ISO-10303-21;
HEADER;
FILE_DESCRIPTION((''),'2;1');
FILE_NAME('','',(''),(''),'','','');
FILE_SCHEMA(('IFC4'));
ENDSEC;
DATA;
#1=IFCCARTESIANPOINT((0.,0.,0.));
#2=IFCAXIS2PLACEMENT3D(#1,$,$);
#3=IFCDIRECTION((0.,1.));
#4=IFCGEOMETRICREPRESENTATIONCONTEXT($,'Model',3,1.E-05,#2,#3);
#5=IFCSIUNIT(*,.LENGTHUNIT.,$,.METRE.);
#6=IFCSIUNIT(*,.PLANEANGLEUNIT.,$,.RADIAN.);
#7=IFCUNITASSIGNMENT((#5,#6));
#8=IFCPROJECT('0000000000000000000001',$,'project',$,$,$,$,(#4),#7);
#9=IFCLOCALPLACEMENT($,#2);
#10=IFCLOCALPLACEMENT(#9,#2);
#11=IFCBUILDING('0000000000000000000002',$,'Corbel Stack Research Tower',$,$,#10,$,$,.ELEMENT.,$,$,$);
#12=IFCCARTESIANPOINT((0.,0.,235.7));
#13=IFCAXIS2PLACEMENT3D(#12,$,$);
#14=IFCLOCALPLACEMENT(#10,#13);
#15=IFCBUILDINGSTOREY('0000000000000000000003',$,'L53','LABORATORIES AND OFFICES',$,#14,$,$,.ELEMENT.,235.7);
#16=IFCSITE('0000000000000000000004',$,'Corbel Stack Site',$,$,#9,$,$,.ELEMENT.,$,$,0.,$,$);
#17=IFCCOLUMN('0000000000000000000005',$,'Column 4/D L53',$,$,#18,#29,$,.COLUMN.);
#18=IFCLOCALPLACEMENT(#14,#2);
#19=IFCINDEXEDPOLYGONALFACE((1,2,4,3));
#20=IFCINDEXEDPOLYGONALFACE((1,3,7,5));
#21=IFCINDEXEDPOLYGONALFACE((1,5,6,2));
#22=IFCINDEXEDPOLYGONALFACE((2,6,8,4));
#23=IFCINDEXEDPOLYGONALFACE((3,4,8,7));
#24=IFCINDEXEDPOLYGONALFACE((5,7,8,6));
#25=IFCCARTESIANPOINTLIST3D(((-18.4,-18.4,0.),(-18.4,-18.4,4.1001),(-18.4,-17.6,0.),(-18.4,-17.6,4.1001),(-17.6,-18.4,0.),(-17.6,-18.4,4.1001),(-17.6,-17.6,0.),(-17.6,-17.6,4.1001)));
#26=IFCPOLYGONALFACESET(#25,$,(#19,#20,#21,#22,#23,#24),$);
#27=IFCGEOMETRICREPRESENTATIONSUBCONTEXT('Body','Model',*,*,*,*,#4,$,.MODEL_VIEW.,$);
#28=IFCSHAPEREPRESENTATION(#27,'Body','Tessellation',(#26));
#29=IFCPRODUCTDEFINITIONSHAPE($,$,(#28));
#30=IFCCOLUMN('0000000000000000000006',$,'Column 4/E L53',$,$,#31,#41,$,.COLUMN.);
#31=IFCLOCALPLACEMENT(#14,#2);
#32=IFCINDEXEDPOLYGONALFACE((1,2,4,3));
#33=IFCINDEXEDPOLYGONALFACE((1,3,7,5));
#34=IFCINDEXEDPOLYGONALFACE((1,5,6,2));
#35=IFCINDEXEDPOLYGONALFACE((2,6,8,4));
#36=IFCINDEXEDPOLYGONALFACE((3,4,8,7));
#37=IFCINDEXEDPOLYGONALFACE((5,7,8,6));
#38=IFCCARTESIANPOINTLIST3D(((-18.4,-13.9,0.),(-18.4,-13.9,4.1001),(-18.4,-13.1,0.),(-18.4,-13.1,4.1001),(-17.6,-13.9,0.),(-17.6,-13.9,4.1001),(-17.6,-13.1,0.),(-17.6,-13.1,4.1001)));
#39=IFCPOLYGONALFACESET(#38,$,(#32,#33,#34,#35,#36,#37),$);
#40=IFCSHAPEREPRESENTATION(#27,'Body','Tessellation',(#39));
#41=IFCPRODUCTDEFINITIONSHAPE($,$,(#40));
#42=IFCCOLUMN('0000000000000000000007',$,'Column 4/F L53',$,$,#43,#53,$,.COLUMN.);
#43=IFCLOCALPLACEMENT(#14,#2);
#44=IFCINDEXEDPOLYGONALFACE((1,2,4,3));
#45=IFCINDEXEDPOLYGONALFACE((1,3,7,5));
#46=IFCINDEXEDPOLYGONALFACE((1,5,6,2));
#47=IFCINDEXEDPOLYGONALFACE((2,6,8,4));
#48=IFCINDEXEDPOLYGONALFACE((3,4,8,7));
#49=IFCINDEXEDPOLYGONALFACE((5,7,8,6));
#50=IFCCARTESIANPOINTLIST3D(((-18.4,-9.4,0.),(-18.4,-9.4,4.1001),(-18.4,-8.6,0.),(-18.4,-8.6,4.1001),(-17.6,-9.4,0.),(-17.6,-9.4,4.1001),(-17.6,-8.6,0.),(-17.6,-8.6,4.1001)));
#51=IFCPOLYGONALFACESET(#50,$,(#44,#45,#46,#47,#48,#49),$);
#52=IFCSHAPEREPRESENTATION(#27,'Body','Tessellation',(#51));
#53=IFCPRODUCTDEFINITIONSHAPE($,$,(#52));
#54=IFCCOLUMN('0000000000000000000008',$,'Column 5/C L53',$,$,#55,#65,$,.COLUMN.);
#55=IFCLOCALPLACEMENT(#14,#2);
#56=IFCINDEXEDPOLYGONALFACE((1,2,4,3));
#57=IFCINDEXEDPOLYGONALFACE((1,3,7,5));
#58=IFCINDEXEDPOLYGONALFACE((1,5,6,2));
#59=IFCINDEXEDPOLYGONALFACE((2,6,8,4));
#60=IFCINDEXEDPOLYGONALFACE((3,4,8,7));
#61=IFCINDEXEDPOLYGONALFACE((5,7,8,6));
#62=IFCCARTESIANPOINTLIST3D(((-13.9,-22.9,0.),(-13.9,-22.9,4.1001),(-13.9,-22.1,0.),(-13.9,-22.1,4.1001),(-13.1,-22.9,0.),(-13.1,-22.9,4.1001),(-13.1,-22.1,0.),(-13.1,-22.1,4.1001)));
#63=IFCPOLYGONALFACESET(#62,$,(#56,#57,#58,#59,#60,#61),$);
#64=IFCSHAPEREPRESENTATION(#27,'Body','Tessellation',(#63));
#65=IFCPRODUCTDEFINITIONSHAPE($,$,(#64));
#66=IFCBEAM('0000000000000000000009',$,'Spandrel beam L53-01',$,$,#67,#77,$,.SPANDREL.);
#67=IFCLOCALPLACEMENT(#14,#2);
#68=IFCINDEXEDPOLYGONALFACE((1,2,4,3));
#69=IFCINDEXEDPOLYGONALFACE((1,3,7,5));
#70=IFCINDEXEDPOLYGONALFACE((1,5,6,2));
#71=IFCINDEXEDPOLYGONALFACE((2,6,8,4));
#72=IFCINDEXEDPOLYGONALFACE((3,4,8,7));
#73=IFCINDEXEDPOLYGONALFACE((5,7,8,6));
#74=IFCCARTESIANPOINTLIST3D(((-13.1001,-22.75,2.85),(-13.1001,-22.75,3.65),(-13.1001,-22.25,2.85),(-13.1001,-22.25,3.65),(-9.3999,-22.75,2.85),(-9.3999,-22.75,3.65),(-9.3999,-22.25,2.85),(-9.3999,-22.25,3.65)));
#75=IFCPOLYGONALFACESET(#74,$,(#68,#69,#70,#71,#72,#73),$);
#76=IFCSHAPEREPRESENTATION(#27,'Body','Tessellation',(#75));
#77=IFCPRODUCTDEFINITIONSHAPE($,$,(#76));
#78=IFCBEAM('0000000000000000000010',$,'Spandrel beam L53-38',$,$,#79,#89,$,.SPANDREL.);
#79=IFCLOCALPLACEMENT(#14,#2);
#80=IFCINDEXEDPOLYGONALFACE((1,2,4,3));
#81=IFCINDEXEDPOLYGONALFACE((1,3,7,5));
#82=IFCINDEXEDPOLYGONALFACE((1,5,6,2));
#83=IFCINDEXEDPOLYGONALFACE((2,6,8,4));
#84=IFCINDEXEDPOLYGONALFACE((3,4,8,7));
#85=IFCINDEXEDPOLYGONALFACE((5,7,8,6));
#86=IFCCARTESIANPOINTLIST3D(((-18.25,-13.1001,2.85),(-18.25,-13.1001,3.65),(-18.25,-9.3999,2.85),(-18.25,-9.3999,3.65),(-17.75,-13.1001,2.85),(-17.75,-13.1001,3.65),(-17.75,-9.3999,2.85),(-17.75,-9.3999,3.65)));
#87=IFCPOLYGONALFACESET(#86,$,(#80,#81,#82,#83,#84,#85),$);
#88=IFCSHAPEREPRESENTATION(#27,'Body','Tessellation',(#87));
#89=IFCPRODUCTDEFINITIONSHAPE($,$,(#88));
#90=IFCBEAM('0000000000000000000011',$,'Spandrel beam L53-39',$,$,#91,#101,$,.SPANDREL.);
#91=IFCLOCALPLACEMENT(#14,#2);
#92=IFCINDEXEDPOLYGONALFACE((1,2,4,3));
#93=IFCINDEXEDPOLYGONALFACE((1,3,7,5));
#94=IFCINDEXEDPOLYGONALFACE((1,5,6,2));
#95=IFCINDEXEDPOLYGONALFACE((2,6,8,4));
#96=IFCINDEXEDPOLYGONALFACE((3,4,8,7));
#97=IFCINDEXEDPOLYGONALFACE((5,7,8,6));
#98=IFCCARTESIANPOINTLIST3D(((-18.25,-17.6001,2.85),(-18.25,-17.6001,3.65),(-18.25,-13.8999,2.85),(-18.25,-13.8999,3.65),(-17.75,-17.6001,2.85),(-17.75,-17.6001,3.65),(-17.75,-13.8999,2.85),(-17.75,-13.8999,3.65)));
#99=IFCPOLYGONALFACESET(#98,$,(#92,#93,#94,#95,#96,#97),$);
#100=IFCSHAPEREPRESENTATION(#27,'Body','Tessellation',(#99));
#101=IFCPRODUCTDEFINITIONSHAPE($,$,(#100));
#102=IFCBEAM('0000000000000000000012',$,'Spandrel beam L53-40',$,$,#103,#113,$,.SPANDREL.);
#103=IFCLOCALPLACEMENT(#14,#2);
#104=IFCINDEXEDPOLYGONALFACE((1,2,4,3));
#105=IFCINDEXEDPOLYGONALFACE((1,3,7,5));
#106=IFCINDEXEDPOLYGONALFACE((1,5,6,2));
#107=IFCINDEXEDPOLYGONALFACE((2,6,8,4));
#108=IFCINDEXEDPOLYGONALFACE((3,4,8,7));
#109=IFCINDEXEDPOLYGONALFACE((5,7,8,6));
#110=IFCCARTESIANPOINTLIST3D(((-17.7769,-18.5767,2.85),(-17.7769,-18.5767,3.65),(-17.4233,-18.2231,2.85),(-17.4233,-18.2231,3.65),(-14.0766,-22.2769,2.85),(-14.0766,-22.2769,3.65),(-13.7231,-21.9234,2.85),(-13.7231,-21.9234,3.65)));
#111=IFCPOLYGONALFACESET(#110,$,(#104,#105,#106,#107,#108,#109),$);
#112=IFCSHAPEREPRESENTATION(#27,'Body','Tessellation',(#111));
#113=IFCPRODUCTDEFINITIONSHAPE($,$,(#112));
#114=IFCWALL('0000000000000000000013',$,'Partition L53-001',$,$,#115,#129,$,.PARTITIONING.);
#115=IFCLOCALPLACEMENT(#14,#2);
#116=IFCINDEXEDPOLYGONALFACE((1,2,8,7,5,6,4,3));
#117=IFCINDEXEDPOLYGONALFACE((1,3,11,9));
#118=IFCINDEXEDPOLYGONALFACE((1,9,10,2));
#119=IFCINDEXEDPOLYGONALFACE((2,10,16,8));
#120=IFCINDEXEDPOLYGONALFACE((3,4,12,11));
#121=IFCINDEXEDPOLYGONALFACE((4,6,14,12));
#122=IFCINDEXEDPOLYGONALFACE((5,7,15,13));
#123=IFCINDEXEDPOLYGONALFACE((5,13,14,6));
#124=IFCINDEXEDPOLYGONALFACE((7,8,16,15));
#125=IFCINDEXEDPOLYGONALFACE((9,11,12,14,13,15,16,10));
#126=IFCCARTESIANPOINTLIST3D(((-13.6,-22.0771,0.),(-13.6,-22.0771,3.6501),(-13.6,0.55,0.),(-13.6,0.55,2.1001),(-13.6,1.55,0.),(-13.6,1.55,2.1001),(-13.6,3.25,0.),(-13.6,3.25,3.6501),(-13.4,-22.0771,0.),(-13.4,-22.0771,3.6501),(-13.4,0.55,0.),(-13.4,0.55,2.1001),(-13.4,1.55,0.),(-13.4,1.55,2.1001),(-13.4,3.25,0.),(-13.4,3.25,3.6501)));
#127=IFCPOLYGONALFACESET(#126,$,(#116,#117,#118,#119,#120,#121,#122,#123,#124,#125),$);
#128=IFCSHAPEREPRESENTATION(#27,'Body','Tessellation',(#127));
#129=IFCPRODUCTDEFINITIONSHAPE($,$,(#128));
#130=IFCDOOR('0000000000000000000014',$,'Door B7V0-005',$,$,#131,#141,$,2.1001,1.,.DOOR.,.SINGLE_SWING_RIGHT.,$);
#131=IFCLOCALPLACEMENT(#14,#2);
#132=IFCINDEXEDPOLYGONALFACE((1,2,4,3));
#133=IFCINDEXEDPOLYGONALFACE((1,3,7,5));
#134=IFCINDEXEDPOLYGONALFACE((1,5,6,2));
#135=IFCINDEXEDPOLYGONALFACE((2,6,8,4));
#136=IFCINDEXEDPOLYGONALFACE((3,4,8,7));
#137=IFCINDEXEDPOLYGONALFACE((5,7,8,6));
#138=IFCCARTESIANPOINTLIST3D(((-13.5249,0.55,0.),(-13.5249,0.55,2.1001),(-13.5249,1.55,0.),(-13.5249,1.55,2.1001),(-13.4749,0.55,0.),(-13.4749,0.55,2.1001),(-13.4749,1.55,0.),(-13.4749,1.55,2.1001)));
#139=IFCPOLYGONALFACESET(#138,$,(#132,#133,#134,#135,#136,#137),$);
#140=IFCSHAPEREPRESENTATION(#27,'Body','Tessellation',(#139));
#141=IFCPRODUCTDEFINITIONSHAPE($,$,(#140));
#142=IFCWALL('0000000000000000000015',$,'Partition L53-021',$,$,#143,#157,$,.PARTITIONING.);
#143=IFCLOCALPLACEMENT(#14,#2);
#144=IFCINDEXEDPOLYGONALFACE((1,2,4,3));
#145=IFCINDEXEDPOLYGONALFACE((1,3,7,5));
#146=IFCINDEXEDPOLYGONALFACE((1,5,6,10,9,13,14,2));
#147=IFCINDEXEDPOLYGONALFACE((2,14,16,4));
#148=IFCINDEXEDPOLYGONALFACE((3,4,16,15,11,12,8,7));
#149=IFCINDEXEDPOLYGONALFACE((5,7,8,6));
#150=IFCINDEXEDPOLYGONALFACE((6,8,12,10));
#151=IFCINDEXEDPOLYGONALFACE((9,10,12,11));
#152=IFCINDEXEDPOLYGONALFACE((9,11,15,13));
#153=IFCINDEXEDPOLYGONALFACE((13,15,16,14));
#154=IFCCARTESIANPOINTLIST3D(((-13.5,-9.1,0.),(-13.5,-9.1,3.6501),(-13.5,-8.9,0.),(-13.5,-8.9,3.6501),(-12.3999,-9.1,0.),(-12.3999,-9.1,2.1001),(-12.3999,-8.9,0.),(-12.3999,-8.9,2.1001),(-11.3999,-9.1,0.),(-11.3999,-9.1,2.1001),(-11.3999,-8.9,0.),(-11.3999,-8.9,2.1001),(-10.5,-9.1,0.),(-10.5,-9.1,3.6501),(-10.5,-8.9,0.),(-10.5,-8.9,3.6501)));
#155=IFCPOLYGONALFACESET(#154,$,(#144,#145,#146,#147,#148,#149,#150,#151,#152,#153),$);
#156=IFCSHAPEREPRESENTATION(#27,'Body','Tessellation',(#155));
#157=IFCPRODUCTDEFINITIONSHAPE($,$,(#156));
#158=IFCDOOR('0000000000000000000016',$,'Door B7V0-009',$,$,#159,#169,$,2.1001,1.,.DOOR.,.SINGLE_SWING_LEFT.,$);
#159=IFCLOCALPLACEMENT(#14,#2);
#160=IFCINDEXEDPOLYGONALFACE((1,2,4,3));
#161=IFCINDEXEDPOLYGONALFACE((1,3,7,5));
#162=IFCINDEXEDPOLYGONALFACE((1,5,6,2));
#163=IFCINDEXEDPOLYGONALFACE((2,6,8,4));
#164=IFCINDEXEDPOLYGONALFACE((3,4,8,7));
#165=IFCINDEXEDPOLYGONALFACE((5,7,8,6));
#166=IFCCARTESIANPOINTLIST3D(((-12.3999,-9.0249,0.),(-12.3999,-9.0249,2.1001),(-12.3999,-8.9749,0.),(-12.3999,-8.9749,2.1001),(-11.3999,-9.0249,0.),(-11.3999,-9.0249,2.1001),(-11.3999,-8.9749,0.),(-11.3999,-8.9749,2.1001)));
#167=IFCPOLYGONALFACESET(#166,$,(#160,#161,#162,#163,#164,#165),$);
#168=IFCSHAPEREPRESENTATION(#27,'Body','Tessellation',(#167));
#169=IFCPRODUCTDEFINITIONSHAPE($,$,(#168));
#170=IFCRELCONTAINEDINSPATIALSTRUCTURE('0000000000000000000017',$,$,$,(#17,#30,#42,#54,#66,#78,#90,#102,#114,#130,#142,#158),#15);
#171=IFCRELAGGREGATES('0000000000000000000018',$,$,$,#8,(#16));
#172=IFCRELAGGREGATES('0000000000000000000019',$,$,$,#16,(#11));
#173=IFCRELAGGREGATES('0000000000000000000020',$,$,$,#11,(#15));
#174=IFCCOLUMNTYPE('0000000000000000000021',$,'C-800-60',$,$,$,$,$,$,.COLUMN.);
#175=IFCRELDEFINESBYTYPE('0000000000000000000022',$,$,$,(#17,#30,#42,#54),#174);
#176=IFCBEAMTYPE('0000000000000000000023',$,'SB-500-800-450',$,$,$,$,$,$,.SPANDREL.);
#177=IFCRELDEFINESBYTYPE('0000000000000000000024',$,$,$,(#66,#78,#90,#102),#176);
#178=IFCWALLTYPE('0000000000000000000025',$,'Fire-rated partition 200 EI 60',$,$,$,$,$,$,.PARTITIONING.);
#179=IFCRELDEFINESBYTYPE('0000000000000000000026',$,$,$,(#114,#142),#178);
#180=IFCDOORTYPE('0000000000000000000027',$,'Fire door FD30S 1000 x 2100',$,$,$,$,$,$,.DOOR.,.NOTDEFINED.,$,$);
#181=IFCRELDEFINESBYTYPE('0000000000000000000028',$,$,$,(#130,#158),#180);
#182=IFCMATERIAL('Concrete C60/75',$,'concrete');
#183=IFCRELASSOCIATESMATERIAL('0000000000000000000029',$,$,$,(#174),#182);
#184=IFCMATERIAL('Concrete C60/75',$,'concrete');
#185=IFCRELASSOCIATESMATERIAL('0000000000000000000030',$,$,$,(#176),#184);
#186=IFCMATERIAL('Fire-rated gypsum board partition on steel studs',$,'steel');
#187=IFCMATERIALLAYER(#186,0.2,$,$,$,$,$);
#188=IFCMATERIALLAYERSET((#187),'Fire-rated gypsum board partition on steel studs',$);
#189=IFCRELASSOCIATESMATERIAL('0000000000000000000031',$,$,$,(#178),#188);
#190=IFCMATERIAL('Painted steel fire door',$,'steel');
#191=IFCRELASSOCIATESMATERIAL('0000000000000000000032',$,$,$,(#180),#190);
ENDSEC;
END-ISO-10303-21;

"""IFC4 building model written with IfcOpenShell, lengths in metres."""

from ifc_helpers import new_model, si_unit, direction, frame, frame_2d, origin, origin_2d, place, context, subcontext, project, spatial, rectangle, extrude, material, layer, layer_set, material_profile, profile_set, type_object, element, fill, save


model = new_model("IFC4")

# Units and contexts
model_context = context("Model", 3, precision=1e-05, world=origin(), true_north=direction((0.0, 1.0)))
body_context = subcontext(model_context, "Body", "Model", "MODEL_VIEW")
ifc_project = project(units=[si_unit("LENGTHUNIT", "METRE"), si_unit("PLANEANGLEUNIT", "RADIAN")], contexts=[model_context])

# Site, building, storey
site_placement = place(None, origin())
site = spatial("IfcSite", under=ifc_project, at=site_placement, Name="Corbel Stack Site", CompositionType="ELEMENT", RefElevation=0.0)
building_placement = place(site_placement, origin())
building = spatial("IfcBuilding", under=site, at=building_placement, Name="Corbel Stack Research Tower", CompositionType="ELEMENT")
storey_placement = place(building_placement, frame((0.0, 0.0, 235.7)))
storey = spatial("IfcBuildingStorey", under=building, at=storey_placement, Name="L53", Description="LABORATORIES AND OFFICES", CompositionType="ELEMENT", Elevation=235.7)

# Columns
ifc_material_1 = material(Name="Concrete C60/75", Category="concrete")
ifc_material_profile_1 = material_profile(ifc_material_1, rectangle(XDim=0.8, YDim=0.8, at=origin_2d()), Name="RC 800 x 800")
ifc_profile_set_1 = profile_set([ifc_material_profile_1], Name="Concrete C60/75")
column_type = type_object("IfcColumnType", Name="C-800-60", PredefinedType="COLUMN", material=ifc_profile_set_1)
for number, where, z_axis, x_axis, name in (
    (1, (-18.0, -18.0, 0.0), (0.0, 0.0, 1.0), (1.0, 0.0, 0.0), "Column 4/D L53"),
    (2, (-18.0, -13.5, 0.0), (0.0, 0.0, 1.0), (1.0, 0.0, 0.0), "Column 4/E L53"),
    (3, (-18.0, -9.0, 0.0), (0.0, 0.0, 1.0), (1.0, 0.0, 0.0), "Column 4/F L53"),
    (4, (-13.5, -22.5, 0.0), (0.0, 0.0, 1.0), (1.0, 0.0, 0.0), "Column 5/C L53"),
):
    element("IfcColumn", number, at=place(storey_placement, frame(where, z_axis=z_axis, x_axis=x_axis)), inside=storey, type_object=column_type, Name=name, PredefinedType="COLUMN", context=body_context, shape_type="SweptSolid", body=[
        extrude(rectangle(XDim=0.8, YDim=0.8, at=origin_2d()), origin(), (0.0, 0.0, 1.0), 4.1001),
    ])

# Beams
ifc_material_2 = material(Name="Concrete C60/75", Category="concrete")
ifc_material_profile_2 = material_profile(ifc_material_2, rectangle(XDim=0.5, YDim=0.8, at=origin_2d()), Name="RC 500 x 800")
ifc_profile_set_2 = profile_set([ifc_material_profile_2], Name="Concrete C60/75")
beam_type = type_object("IfcBeamType", Name="SB-500-800-450", PredefinedType="SPANDREL", material=ifc_profile_set_2)
for number, where, z_axis, x_axis, name in (
    (5, (-13.1001, -22.5, 3.25), (1.0, 0.0, 0.0), (0.0, 1.0, 0.0), "Spandrel beam L53-01"),
    (6, (-18.0, -9.3999, 3.25), (0.0, -1.0, 0.0), (1.0, 0.0, 0.0), "Spandrel beam L53-38"),
    (7, (-18.0, -13.8999, 3.25), (0.0, -1.0, 0.0), (1.0, 0.0, 0.0), "Spandrel beam L53-39"),
):
    element("IfcBeam", number, at=place(storey_placement, frame(where, z_axis=z_axis, x_axis=x_axis)), inside=storey, type_object=beam_type, Name=name, PredefinedType="SPANDREL", context=body_context, shape_type="SweptSolid", body=[
        extrude(rectangle(XDim=0.5, YDim=0.8, at=origin_2d()), origin(), (0.0, 0.0, 1.0), 3.7002),
    ])
beam_placement = place(storey_placement, frame((-17.6001, -18.3999, 3.25), z_axis=(0.707107, -0.707107, 0.0), x_axis=(0.707107, 0.707107, 0.0)))
element("IfcBeam", 8, at=beam_placement, inside=storey, type_object=beam_type, Name="Spandrel beam L53-40", PredefinedType="SPANDREL", context=body_context, shape_type="SweptSolid", body=[
    extrude(rectangle(XDim=0.5, YDim=0.8, at=origin_2d()), origin(), (0.0, 0.0, 1.0), 5.2329),
])

# Walls, openings, doors
ifc_material_3 = material(Name="Fire-rated gypsum board partition on steel studs", Category="steel")
ifc_layer_1 = layer(ifc_material_3, 0.2)
ifc_layer_set_1 = layer_set([ifc_layer_1], Name="Fire-rated gypsum board partition on steel studs")
wall_type_1 = type_object("IfcWallType", Name="Fire-rated partition 200 EI 60", PredefinedType="PARTITIONING", material=ifc_layer_set_1)
wall_1_placement = place(storey_placement, frame((-13.5, -22.0771, 0.0), z_axis=(0.0, 0.0, 1.0), x_axis=(0.0, 1.0, 0.0)))
wall_1 = element("IfcWall", 9, at=wall_1_placement, inside=storey, type_object=wall_type_1, Name="Partition L53-001", PredefinedType="PARTITIONING", context=body_context, shape_type="SweptSolid", body=[
    extrude(rectangle(XDim=25.3271, YDim=0.2, at=frame_2d((12.6636, 0.0))), origin(), (0.0, 0.0, 1.0), 3.6501),
])
opening_1_placement = place(wall_1_placement, frame((22.6272, 0.0, 0.0)))
opening_1 = element("IfcOpeningElement", 10, at=opening_1_placement, cuts=wall_1, PredefinedType="OPENING", context=body_context, shape_type="SweptSolid", body=[
    extrude(rectangle(XDim=1.0, YDim=2.1001, at=frame_2d((0.5, 1.05))), frame((0.0, 0.1099, 0.0), z_axis=(0.0, -1.0, 0.0), x_axis=(1.0, 0.0, 0.0)), (0.0, 0.0, 1.0), 0.22),
])
ifc_material_4 = material(Name="Painted steel fire door", Category="steel")
door_type_1 = type_object("IfcDoorType", Name="Fire door FD30S 1000 x 2100", OperationType="NOTDEFINED", PredefinedType="DOOR", material=ifc_material_4)
door_1_placement = place(opening_1_placement, origin())
door_1 = element("IfcDoor", 11, at=door_1_placement, inside=storey, type_object=door_type_1, Name="Door B7V0-005", OperationType="SINGLE_SWING_RIGHT", OverallHeight=2.1001, OverallWidth=1.0, PredefinedType="DOOR", context=body_context, shape_type="SweptSolid", body=[
    extrude(rectangle(XDim=1.0, YDim=2.1001, at=frame_2d((0.5, 1.05))), frame((0.0, 0.0249, 0.0), z_axis=(0.0, -1.0, 0.0), x_axis=(1.0, 0.0, 0.0)), (0.0, 0.0, 1.0), 0.05),
])
fill(opening_1, door_1)
wall_2_placement = place(storey_placement, frame((-10.5, -9.0, 0.0), z_axis=(0.0, 0.0, 1.0), x_axis=(-1.0, 0.0, 0.0)))
wall_2 = element("IfcWall", 12, at=wall_2_placement, inside=storey, type_object=wall_type_1, Name="Partition L53-021", PredefinedType="PARTITIONING", context=body_context, shape_type="SweptSolid", body=[
    extrude(rectangle(XDim=3.0, YDim=0.2, at=frame_2d((1.5, 0.0))), origin(), (0.0, 0.0, 1.0), 3.6501),
])
opening_2_placement = place(wall_2_placement, frame((0.8999, 0.0, 0.0)))
opening_2 = element("IfcOpeningElement", 13, at=opening_2_placement, cuts=wall_2, PredefinedType="OPENING", context=body_context, shape_type="SweptSolid", body=[
    extrude(rectangle(XDim=1.0, YDim=2.1001, at=frame_2d((0.5, 1.05))), frame((0.0, 0.1099, 0.0), z_axis=(0.0, -1.0, 0.0), x_axis=(1.0, 0.0, 0.0)), (0.0, 0.0, 1.0), 0.22),
])
door_2_placement = place(opening_2_placement, origin())
door_2 = element("IfcDoor", 14, at=door_2_placement, inside=storey, type_object=door_type_1, Name="Door B7V0-009", OperationType="SINGLE_SWING_LEFT", OverallHeight=2.1001, OverallWidth=1.0, PredefinedType="DOOR", context=body_context, shape_type="SweptSolid", body=[
    extrude(rectangle(XDim=1.0, YDim=2.1001, at=frame_2d((0.5, 1.05))), frame((0.0, 0.0249, 0.0), z_axis=(0.0, -1.0, 0.0), x_axis=(1.0, 0.0, 0.0)), (0.0, 0.0, 1.0), 0.05),
])
fill(opening_2, door_2)

save(model, "model.ifc")
